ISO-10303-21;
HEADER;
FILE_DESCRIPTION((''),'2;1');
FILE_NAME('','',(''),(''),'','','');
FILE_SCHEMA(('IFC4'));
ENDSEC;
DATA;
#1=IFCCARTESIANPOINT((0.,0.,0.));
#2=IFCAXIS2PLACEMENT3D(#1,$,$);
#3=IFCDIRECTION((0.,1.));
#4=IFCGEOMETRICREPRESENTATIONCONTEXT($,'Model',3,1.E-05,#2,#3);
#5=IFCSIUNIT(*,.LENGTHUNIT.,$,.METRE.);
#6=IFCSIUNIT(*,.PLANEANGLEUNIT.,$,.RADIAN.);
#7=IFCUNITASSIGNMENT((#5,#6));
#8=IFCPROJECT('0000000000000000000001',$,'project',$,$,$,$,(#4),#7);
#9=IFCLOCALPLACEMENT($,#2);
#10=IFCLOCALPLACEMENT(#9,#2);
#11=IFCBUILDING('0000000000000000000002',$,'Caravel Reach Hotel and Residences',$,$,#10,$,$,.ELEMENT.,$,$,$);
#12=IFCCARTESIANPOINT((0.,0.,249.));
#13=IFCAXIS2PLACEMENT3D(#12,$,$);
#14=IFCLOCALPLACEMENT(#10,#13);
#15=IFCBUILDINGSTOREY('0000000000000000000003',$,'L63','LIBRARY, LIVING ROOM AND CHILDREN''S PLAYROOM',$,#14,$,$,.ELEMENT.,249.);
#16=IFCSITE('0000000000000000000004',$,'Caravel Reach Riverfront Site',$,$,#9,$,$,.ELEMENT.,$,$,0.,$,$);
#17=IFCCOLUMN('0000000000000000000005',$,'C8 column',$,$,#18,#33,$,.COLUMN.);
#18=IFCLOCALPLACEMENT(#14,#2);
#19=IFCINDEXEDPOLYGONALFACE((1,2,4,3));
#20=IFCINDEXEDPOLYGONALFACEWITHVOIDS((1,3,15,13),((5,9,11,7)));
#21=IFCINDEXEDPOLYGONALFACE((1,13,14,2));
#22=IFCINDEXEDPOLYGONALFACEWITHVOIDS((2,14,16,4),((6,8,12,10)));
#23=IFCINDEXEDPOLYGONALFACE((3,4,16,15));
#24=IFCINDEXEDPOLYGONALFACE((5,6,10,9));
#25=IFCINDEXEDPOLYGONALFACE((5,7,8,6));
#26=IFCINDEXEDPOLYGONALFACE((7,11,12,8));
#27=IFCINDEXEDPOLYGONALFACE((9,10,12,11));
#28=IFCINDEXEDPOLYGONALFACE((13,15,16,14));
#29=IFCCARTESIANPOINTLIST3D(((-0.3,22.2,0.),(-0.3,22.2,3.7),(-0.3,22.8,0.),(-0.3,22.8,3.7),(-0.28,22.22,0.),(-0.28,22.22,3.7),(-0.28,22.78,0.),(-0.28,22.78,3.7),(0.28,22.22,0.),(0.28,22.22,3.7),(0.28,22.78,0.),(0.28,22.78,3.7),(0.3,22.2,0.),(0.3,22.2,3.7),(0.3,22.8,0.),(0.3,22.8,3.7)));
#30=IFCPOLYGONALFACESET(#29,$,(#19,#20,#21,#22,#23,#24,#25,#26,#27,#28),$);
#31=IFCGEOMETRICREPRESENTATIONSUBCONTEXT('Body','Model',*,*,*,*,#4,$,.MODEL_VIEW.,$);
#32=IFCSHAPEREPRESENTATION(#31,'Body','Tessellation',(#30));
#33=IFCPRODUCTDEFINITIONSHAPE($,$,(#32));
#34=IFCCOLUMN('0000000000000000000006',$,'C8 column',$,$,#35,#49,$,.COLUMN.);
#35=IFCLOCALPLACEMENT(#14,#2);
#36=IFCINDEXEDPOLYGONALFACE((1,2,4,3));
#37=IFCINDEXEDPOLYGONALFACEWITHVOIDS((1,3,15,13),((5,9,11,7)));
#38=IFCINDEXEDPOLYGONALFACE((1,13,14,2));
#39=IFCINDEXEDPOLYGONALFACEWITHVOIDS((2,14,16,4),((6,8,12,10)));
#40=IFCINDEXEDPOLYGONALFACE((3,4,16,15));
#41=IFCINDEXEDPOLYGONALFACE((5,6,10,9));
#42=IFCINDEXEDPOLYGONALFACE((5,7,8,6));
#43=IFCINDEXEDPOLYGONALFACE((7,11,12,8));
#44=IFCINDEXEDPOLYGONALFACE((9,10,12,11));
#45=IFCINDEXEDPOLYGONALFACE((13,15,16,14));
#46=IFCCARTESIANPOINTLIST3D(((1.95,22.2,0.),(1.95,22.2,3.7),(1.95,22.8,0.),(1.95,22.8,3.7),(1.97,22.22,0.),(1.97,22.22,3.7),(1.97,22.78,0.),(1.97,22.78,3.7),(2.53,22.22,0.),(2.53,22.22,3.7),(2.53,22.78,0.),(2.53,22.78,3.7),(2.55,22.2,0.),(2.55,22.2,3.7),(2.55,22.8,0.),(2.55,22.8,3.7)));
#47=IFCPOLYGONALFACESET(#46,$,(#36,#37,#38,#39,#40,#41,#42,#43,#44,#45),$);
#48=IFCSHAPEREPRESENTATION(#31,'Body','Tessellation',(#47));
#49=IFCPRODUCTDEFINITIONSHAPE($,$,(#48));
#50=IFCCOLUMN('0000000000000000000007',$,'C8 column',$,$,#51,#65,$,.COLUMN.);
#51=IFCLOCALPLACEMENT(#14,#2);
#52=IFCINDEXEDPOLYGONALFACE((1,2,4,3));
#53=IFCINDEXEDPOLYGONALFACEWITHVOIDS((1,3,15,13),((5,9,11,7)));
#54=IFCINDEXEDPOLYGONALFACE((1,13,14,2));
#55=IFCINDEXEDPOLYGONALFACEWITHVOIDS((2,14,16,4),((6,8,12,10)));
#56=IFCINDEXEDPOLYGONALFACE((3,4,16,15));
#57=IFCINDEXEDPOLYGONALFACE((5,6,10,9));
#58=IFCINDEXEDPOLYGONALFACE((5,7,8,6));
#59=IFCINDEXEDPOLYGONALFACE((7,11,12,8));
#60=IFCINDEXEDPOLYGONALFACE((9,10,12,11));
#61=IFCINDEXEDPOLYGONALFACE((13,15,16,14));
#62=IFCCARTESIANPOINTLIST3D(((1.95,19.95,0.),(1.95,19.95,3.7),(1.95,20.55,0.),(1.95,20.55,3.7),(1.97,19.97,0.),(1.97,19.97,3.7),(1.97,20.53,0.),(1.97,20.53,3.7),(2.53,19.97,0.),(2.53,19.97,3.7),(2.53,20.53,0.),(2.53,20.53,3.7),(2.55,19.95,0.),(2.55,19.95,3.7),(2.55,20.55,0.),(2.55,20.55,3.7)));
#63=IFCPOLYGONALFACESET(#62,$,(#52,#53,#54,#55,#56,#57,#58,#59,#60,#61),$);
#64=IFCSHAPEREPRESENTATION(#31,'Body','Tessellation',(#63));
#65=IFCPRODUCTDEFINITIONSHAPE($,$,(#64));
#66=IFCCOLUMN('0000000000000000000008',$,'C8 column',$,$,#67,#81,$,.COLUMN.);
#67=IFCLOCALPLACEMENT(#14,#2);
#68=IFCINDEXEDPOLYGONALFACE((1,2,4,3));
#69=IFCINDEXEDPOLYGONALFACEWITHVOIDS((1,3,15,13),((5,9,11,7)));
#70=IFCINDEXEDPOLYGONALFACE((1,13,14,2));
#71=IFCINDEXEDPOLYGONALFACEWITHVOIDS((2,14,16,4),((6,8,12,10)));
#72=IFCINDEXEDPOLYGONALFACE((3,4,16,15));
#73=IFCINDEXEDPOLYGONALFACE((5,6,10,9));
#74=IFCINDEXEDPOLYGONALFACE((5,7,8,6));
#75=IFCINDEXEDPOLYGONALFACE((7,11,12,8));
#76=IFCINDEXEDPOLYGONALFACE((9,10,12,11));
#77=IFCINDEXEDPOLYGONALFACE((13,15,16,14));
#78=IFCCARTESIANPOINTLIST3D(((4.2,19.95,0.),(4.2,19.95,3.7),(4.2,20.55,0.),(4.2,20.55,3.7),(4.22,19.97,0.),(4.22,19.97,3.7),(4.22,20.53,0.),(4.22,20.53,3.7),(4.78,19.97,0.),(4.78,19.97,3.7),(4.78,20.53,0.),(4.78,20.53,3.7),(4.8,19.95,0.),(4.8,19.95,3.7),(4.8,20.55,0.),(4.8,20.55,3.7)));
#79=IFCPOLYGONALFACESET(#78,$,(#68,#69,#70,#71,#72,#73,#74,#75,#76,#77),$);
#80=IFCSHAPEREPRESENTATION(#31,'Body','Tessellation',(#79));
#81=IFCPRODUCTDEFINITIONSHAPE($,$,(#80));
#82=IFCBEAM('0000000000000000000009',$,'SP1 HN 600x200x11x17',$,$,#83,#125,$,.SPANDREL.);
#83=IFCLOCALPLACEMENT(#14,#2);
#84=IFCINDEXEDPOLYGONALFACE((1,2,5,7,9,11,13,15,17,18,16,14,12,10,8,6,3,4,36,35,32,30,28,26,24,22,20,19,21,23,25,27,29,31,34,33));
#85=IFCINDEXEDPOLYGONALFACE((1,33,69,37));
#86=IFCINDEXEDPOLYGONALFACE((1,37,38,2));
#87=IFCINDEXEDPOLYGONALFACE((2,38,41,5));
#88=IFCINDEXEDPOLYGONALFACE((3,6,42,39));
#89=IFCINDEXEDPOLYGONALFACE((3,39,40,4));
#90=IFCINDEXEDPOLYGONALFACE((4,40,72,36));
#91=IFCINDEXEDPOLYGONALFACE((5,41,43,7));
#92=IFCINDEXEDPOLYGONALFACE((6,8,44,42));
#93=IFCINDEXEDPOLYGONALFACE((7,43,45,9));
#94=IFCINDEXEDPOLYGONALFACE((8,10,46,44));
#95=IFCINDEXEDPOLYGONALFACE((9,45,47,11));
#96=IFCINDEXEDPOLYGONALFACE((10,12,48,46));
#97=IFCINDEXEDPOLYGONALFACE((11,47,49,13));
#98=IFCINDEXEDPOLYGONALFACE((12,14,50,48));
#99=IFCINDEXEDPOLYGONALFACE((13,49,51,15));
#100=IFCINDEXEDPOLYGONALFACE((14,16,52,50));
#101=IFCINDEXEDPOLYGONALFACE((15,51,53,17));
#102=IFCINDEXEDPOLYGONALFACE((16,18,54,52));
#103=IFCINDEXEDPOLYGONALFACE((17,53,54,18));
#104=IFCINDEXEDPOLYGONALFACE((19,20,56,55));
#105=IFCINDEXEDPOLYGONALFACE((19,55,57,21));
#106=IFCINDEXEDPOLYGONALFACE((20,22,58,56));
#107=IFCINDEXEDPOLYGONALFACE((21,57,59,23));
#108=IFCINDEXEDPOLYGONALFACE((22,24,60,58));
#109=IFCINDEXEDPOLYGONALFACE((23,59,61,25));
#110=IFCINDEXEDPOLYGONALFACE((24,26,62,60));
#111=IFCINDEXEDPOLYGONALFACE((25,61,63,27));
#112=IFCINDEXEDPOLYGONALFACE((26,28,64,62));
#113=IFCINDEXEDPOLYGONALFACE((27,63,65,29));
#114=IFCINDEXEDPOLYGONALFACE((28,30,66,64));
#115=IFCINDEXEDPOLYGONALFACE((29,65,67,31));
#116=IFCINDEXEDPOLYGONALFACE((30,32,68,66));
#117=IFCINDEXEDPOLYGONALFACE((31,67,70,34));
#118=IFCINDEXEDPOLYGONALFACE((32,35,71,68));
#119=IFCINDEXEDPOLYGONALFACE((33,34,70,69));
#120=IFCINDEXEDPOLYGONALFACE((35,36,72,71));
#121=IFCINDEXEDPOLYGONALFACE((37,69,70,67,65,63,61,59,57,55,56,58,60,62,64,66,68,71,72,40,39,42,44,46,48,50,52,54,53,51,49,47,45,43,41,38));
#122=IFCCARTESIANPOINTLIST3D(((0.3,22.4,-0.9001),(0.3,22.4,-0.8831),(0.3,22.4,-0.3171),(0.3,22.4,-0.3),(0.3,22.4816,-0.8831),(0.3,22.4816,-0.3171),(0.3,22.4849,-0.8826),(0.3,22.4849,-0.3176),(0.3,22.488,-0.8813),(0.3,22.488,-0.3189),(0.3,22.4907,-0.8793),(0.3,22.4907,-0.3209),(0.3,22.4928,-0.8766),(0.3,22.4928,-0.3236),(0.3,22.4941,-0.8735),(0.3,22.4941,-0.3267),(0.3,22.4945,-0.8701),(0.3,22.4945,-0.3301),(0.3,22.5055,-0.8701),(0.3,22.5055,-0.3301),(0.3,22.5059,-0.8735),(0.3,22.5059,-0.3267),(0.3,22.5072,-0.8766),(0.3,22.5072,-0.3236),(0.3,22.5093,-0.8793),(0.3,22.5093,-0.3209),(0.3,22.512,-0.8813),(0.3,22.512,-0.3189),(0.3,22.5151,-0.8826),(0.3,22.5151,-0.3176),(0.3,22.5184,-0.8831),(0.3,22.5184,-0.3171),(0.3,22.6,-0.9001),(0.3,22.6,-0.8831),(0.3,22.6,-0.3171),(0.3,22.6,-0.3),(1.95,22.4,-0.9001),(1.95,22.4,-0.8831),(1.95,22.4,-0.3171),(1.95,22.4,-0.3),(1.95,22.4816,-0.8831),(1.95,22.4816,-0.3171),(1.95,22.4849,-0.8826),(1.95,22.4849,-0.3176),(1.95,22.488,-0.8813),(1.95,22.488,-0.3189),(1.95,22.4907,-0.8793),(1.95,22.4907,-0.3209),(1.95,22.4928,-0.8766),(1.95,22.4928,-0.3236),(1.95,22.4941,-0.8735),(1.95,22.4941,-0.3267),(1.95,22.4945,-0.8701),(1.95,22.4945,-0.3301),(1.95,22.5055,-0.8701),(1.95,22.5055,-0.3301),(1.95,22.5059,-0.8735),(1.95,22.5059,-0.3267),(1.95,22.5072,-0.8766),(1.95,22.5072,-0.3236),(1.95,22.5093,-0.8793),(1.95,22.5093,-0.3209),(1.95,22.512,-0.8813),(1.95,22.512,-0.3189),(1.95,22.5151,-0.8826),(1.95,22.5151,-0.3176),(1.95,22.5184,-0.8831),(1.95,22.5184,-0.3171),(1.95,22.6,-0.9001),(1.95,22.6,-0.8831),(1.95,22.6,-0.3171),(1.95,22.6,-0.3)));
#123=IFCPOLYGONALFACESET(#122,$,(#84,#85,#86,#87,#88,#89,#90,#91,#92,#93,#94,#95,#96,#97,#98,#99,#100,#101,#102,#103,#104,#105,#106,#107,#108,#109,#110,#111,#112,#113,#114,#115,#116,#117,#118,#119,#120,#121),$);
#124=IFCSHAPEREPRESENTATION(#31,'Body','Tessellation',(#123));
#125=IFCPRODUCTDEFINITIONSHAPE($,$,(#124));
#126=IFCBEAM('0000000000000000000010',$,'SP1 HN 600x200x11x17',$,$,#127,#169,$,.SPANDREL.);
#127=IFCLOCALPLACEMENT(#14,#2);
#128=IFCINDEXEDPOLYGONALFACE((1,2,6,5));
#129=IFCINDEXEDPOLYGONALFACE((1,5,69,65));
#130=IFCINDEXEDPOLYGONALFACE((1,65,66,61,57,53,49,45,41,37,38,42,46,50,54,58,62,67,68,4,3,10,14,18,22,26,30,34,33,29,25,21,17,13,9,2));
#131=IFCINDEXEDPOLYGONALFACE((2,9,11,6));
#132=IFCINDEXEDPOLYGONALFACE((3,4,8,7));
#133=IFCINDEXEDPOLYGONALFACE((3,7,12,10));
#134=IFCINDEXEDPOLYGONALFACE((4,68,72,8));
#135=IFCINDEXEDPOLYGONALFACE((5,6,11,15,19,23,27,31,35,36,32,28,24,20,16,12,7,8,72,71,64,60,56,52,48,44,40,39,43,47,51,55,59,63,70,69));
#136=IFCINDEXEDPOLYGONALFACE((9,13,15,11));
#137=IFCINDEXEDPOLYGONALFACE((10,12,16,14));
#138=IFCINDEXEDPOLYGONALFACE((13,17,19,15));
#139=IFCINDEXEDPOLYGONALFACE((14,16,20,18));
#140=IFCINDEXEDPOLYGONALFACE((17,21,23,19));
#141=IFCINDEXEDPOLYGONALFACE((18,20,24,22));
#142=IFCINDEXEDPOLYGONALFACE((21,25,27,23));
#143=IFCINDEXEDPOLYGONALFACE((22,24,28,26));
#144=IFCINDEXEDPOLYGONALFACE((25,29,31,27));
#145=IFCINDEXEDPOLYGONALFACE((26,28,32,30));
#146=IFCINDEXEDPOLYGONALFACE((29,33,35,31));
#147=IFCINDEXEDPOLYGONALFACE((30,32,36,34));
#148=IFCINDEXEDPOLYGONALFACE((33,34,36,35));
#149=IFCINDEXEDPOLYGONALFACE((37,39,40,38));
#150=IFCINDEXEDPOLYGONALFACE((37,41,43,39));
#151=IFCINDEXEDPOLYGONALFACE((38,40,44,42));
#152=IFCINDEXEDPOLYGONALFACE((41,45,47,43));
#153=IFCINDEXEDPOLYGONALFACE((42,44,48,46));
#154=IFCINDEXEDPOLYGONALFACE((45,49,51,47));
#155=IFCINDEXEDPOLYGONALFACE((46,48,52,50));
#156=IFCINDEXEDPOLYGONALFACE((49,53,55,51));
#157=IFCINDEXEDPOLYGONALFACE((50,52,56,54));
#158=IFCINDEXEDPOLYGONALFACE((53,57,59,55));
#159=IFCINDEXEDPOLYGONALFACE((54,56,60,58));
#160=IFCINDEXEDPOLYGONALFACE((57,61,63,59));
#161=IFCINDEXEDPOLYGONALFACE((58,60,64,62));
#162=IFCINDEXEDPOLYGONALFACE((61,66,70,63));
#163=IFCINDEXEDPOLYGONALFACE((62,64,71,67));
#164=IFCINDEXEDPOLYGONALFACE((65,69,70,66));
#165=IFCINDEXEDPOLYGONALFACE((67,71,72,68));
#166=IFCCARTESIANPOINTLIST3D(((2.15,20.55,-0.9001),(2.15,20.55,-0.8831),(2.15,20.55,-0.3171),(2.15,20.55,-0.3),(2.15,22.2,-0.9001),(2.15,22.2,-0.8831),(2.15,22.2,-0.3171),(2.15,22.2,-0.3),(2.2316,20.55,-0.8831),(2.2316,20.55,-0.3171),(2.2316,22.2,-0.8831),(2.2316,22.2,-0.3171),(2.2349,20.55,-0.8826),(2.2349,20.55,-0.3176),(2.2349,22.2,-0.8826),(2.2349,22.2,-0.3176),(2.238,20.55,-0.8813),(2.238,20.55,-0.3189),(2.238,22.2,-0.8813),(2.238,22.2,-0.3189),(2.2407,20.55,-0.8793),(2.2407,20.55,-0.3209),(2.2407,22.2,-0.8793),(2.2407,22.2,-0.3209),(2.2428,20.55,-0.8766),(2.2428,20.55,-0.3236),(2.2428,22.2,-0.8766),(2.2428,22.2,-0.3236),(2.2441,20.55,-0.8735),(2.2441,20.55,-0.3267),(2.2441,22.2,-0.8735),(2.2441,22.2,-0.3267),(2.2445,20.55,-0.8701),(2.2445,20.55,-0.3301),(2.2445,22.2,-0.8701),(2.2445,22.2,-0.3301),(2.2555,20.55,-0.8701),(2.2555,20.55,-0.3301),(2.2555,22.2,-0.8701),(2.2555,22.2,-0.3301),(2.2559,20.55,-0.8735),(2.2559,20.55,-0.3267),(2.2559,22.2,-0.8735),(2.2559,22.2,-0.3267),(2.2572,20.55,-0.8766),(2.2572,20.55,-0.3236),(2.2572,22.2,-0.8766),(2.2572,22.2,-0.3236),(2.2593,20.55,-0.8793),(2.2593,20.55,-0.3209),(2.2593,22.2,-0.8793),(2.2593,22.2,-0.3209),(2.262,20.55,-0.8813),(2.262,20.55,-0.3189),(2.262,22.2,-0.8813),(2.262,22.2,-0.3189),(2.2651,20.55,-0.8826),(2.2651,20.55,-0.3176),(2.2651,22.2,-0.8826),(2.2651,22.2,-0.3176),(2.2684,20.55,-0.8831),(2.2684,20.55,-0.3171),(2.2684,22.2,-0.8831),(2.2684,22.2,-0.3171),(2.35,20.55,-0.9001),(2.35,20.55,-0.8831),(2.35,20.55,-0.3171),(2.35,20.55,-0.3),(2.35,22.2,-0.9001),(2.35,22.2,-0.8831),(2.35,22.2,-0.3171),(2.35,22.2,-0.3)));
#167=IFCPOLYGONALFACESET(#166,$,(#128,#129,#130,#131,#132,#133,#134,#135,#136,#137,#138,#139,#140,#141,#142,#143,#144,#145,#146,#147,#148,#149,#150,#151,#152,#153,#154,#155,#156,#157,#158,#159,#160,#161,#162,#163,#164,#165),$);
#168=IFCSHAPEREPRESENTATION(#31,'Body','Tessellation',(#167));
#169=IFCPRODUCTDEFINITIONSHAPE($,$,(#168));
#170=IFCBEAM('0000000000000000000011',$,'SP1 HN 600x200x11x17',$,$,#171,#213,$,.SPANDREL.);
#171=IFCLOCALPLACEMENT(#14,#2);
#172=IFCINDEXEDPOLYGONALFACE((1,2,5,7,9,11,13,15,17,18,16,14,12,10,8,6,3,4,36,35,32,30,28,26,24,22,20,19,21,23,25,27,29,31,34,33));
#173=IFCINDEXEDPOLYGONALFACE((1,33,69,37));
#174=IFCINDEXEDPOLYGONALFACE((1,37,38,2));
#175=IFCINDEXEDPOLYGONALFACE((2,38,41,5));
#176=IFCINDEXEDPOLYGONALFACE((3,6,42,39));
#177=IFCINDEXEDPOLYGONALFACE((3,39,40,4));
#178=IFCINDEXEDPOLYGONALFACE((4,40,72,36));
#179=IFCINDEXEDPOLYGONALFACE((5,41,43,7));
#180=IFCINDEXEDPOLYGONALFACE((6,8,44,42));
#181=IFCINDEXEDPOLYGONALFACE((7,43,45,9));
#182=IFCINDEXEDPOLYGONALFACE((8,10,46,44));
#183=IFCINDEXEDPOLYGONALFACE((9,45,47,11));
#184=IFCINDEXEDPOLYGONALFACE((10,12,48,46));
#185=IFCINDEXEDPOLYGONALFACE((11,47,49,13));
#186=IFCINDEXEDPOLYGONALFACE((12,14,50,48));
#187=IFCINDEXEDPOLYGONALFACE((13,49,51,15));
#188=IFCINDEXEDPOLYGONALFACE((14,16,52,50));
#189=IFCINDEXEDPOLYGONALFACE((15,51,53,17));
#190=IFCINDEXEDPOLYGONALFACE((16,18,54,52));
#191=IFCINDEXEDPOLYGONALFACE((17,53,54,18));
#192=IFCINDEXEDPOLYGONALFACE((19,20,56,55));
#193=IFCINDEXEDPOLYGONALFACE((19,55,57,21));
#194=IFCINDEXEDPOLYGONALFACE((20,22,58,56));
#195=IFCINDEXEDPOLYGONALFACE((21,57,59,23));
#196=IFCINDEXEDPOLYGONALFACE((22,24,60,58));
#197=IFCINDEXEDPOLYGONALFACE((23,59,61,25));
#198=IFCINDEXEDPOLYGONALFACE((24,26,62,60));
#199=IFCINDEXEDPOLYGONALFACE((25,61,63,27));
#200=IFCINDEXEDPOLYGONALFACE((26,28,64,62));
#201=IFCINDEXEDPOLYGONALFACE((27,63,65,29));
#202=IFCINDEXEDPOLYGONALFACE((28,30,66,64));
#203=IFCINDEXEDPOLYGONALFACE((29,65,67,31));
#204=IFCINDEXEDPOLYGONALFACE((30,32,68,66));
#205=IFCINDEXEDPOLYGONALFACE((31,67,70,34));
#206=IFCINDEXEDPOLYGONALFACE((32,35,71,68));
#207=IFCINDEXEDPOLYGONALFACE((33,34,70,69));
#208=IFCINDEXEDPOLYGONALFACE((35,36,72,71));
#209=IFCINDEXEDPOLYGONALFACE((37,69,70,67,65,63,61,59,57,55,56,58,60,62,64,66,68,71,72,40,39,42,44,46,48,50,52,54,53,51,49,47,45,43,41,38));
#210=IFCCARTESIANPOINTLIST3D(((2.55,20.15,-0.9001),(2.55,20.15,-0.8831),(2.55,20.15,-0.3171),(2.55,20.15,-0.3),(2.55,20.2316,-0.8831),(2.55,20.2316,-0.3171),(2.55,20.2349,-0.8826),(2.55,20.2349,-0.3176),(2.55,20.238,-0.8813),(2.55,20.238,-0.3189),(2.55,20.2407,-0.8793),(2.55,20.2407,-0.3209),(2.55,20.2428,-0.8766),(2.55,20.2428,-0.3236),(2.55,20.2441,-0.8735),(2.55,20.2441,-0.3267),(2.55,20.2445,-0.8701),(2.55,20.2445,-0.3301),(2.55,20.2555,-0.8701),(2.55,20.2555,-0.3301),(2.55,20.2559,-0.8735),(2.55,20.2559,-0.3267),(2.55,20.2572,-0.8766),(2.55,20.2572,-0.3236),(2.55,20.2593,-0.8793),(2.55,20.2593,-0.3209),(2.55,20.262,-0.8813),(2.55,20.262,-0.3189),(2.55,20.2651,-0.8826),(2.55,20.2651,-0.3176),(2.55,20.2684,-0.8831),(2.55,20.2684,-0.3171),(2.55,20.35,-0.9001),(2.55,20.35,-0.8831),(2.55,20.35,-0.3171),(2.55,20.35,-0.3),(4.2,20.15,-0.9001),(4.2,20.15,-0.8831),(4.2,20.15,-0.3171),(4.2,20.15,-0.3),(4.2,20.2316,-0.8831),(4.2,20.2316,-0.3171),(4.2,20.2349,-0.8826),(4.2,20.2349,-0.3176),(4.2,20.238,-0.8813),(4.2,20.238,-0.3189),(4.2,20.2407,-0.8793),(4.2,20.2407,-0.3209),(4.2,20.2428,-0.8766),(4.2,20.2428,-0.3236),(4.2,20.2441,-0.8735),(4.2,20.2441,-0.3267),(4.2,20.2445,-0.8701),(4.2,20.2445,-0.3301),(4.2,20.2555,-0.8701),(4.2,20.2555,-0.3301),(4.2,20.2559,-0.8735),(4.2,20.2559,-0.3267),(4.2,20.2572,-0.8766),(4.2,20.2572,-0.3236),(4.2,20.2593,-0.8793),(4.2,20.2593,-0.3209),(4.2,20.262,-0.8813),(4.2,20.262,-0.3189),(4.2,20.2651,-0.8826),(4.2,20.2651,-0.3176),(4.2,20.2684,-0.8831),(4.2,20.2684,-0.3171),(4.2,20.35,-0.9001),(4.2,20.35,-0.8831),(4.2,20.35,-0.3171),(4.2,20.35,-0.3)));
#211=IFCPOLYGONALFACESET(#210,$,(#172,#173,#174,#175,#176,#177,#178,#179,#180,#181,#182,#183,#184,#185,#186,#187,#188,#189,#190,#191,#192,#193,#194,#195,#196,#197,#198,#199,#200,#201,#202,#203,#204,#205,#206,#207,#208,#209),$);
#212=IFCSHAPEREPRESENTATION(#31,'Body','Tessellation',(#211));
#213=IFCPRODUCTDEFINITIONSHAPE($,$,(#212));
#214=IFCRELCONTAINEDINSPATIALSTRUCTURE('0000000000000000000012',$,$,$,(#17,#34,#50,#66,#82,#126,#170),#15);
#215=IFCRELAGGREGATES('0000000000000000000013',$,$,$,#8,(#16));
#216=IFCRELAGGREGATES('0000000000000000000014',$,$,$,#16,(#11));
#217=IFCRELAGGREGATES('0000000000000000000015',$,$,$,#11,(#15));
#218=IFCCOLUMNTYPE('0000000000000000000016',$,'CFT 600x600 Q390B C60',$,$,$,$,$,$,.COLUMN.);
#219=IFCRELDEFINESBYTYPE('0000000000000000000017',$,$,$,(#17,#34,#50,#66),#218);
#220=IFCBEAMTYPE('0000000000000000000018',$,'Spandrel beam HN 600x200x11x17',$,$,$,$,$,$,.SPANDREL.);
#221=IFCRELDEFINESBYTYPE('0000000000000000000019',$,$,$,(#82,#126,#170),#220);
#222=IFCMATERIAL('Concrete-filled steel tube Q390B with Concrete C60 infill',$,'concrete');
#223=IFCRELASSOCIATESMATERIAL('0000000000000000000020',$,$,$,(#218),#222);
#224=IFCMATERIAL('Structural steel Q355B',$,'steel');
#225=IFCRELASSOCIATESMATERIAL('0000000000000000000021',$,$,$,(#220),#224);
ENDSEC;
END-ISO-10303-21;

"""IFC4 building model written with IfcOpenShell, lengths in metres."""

from ifc_helpers import new_model, si_unit, direction, frame, origin, origin_2d, place, context, subcontext, project, spatial, hollow_rectangle, i_section, extrude, material, material_profile, profile_set, type_object, element, save


model = new_model("IFC4")

# Units and contexts
model_context = context("Model", 3, precision=1e-05, world=origin(), true_north=direction((0.0, 1.0)))
body_context = subcontext(model_context, "Body", "Model", "MODEL_VIEW")
ifc_project = project(units=[si_unit("LENGTHUNIT", "METRE"), si_unit("PLANEANGLEUNIT", "RADIAN")], contexts=[model_context])

# Site, building, storey
site_placement = place(None, origin())
site = spatial("IfcSite", under=ifc_project, at=site_placement, Name="Caravel Reach Riverfront Site", CompositionType="ELEMENT", RefElevation=0.0)
building_placement = place(site_placement, origin())
building = spatial("IfcBuilding", under=site, at=building_placement, Name="Caravel Reach Hotel and Residences", CompositionType="ELEMENT")
storey_placement = place(building_placement, frame((0.0, 0.0, 249.0)))
storey = spatial("IfcBuildingStorey", under=building, at=storey_placement, Name="L63", Description="LIBRARY, LIVING ROOM AND CHILDREN'S PLAYROOM", CompositionType="ELEMENT", Elevation=249.0)

# Columns
ifc_material_1 = material(Name="Concrete-filled steel tube Q390B with Concrete C60 infill", Category="concrete")
ifc_material_profile_1 = material_profile(ifc_material_1, hollow_rectangle(XDim=0.6001, YDim=0.6001, WallThickness=0.02, at=origin_2d()), Name="RHS 600x600x20")
ifc_profile_set_1 = profile_set([ifc_material_profile_1], Name="Concrete-filled steel tube Q390B with Concrete C60 infill")
column_type = type_object("IfcColumnType", Name="CFT 600x600 Q390B C60", PredefinedType="COLUMN", material=ifc_profile_set_1)
for number, where, z_axis, x_axis, name in (
    (1, (0.0, 22.5, 0.0), (0.0, 0.0, 1.0), (1.0, 0.0, 0.0), "C8 column"),
    (2, (2.25, 22.5, 0.0), (0.0, 0.0, 1.0), (1.0, 0.0, 0.0), "C8 column"),
    (3, (2.25, 20.25, 0.0), (0.0, 0.0, 1.0), (1.0, 0.0, 0.0), "C8 column"),
    (4, (4.5, 20.25, 0.0), (0.0, 0.0, 1.0), (1.0, 0.0, 0.0), "C8 column"),
):
    element("IfcColumn", number, at=place(storey_placement, frame(where, z_axis=z_axis, x_axis=x_axis)), inside=storey, type_object=column_type, Name=name, PredefinedType="COLUMN", context=body_context, shape_type="SweptSolid", body=[
        extrude(hollow_rectangle(XDim=0.6001, YDim=0.6001, WallThickness=0.02, at=origin_2d()), origin(), (0.0, 0.0, 1.0), 3.7),
    ])

# Beams
ifc_material_2 = material(Name="Structural steel Q355B", Category="steel")
ifc_material_profile_2 = material_profile(ifc_material_2, i_section(OverallWidth=0.2, OverallDepth=0.6001, WebThickness=0.011, FlangeThickness=0.0171, FilletRadius=0.0129, at=origin_2d()), Name="HN 600x200x11x17")
ifc_profile_set_2 = profile_set([ifc_material_profile_2], Name="Structural steel Q355B")
beam_type = type_object("IfcBeamType", Name="Spandrel beam HN 600x200x11x17", PredefinedType="SPANDREL", material=ifc_profile_set_2)
for number, where, z_axis, x_axis, name in (
    (5, (0.3, 22.5, -0.6001), (1.0, 0.0, 0.0), (0.0, 1.0, 0.0), "SP1 HN 600x200x11x17"),
    (6, (2.25, 22.2, -0.6001), (0.0, -1.0, 0.0), (1.0, 0.0, 0.0), "SP1 HN 600x200x11x17"),
    (7, (2.55, 20.25, -0.6001), (1.0, 0.0, 0.0), (0.0, 1.0, 0.0), "SP1 HN 600x200x11x17"),
):
    element("IfcBeam", number, at=place(storey_placement, frame(where, z_axis=z_axis, x_axis=x_axis)), inside=storey, type_object=beam_type, Name=name, PredefinedType="SPANDREL", context=body_context, shape_type="SweptSolid", body=[
        extrude(i_section(OverallWidth=0.2, OverallDepth=0.6001, WebThickness=0.011, FlangeThickness=0.0171, FilletRadius=0.0129, at=origin_2d()), origin(), (0.0, 0.0, 1.0), 1.6499),
    ])

save(model, "model.ifc")
